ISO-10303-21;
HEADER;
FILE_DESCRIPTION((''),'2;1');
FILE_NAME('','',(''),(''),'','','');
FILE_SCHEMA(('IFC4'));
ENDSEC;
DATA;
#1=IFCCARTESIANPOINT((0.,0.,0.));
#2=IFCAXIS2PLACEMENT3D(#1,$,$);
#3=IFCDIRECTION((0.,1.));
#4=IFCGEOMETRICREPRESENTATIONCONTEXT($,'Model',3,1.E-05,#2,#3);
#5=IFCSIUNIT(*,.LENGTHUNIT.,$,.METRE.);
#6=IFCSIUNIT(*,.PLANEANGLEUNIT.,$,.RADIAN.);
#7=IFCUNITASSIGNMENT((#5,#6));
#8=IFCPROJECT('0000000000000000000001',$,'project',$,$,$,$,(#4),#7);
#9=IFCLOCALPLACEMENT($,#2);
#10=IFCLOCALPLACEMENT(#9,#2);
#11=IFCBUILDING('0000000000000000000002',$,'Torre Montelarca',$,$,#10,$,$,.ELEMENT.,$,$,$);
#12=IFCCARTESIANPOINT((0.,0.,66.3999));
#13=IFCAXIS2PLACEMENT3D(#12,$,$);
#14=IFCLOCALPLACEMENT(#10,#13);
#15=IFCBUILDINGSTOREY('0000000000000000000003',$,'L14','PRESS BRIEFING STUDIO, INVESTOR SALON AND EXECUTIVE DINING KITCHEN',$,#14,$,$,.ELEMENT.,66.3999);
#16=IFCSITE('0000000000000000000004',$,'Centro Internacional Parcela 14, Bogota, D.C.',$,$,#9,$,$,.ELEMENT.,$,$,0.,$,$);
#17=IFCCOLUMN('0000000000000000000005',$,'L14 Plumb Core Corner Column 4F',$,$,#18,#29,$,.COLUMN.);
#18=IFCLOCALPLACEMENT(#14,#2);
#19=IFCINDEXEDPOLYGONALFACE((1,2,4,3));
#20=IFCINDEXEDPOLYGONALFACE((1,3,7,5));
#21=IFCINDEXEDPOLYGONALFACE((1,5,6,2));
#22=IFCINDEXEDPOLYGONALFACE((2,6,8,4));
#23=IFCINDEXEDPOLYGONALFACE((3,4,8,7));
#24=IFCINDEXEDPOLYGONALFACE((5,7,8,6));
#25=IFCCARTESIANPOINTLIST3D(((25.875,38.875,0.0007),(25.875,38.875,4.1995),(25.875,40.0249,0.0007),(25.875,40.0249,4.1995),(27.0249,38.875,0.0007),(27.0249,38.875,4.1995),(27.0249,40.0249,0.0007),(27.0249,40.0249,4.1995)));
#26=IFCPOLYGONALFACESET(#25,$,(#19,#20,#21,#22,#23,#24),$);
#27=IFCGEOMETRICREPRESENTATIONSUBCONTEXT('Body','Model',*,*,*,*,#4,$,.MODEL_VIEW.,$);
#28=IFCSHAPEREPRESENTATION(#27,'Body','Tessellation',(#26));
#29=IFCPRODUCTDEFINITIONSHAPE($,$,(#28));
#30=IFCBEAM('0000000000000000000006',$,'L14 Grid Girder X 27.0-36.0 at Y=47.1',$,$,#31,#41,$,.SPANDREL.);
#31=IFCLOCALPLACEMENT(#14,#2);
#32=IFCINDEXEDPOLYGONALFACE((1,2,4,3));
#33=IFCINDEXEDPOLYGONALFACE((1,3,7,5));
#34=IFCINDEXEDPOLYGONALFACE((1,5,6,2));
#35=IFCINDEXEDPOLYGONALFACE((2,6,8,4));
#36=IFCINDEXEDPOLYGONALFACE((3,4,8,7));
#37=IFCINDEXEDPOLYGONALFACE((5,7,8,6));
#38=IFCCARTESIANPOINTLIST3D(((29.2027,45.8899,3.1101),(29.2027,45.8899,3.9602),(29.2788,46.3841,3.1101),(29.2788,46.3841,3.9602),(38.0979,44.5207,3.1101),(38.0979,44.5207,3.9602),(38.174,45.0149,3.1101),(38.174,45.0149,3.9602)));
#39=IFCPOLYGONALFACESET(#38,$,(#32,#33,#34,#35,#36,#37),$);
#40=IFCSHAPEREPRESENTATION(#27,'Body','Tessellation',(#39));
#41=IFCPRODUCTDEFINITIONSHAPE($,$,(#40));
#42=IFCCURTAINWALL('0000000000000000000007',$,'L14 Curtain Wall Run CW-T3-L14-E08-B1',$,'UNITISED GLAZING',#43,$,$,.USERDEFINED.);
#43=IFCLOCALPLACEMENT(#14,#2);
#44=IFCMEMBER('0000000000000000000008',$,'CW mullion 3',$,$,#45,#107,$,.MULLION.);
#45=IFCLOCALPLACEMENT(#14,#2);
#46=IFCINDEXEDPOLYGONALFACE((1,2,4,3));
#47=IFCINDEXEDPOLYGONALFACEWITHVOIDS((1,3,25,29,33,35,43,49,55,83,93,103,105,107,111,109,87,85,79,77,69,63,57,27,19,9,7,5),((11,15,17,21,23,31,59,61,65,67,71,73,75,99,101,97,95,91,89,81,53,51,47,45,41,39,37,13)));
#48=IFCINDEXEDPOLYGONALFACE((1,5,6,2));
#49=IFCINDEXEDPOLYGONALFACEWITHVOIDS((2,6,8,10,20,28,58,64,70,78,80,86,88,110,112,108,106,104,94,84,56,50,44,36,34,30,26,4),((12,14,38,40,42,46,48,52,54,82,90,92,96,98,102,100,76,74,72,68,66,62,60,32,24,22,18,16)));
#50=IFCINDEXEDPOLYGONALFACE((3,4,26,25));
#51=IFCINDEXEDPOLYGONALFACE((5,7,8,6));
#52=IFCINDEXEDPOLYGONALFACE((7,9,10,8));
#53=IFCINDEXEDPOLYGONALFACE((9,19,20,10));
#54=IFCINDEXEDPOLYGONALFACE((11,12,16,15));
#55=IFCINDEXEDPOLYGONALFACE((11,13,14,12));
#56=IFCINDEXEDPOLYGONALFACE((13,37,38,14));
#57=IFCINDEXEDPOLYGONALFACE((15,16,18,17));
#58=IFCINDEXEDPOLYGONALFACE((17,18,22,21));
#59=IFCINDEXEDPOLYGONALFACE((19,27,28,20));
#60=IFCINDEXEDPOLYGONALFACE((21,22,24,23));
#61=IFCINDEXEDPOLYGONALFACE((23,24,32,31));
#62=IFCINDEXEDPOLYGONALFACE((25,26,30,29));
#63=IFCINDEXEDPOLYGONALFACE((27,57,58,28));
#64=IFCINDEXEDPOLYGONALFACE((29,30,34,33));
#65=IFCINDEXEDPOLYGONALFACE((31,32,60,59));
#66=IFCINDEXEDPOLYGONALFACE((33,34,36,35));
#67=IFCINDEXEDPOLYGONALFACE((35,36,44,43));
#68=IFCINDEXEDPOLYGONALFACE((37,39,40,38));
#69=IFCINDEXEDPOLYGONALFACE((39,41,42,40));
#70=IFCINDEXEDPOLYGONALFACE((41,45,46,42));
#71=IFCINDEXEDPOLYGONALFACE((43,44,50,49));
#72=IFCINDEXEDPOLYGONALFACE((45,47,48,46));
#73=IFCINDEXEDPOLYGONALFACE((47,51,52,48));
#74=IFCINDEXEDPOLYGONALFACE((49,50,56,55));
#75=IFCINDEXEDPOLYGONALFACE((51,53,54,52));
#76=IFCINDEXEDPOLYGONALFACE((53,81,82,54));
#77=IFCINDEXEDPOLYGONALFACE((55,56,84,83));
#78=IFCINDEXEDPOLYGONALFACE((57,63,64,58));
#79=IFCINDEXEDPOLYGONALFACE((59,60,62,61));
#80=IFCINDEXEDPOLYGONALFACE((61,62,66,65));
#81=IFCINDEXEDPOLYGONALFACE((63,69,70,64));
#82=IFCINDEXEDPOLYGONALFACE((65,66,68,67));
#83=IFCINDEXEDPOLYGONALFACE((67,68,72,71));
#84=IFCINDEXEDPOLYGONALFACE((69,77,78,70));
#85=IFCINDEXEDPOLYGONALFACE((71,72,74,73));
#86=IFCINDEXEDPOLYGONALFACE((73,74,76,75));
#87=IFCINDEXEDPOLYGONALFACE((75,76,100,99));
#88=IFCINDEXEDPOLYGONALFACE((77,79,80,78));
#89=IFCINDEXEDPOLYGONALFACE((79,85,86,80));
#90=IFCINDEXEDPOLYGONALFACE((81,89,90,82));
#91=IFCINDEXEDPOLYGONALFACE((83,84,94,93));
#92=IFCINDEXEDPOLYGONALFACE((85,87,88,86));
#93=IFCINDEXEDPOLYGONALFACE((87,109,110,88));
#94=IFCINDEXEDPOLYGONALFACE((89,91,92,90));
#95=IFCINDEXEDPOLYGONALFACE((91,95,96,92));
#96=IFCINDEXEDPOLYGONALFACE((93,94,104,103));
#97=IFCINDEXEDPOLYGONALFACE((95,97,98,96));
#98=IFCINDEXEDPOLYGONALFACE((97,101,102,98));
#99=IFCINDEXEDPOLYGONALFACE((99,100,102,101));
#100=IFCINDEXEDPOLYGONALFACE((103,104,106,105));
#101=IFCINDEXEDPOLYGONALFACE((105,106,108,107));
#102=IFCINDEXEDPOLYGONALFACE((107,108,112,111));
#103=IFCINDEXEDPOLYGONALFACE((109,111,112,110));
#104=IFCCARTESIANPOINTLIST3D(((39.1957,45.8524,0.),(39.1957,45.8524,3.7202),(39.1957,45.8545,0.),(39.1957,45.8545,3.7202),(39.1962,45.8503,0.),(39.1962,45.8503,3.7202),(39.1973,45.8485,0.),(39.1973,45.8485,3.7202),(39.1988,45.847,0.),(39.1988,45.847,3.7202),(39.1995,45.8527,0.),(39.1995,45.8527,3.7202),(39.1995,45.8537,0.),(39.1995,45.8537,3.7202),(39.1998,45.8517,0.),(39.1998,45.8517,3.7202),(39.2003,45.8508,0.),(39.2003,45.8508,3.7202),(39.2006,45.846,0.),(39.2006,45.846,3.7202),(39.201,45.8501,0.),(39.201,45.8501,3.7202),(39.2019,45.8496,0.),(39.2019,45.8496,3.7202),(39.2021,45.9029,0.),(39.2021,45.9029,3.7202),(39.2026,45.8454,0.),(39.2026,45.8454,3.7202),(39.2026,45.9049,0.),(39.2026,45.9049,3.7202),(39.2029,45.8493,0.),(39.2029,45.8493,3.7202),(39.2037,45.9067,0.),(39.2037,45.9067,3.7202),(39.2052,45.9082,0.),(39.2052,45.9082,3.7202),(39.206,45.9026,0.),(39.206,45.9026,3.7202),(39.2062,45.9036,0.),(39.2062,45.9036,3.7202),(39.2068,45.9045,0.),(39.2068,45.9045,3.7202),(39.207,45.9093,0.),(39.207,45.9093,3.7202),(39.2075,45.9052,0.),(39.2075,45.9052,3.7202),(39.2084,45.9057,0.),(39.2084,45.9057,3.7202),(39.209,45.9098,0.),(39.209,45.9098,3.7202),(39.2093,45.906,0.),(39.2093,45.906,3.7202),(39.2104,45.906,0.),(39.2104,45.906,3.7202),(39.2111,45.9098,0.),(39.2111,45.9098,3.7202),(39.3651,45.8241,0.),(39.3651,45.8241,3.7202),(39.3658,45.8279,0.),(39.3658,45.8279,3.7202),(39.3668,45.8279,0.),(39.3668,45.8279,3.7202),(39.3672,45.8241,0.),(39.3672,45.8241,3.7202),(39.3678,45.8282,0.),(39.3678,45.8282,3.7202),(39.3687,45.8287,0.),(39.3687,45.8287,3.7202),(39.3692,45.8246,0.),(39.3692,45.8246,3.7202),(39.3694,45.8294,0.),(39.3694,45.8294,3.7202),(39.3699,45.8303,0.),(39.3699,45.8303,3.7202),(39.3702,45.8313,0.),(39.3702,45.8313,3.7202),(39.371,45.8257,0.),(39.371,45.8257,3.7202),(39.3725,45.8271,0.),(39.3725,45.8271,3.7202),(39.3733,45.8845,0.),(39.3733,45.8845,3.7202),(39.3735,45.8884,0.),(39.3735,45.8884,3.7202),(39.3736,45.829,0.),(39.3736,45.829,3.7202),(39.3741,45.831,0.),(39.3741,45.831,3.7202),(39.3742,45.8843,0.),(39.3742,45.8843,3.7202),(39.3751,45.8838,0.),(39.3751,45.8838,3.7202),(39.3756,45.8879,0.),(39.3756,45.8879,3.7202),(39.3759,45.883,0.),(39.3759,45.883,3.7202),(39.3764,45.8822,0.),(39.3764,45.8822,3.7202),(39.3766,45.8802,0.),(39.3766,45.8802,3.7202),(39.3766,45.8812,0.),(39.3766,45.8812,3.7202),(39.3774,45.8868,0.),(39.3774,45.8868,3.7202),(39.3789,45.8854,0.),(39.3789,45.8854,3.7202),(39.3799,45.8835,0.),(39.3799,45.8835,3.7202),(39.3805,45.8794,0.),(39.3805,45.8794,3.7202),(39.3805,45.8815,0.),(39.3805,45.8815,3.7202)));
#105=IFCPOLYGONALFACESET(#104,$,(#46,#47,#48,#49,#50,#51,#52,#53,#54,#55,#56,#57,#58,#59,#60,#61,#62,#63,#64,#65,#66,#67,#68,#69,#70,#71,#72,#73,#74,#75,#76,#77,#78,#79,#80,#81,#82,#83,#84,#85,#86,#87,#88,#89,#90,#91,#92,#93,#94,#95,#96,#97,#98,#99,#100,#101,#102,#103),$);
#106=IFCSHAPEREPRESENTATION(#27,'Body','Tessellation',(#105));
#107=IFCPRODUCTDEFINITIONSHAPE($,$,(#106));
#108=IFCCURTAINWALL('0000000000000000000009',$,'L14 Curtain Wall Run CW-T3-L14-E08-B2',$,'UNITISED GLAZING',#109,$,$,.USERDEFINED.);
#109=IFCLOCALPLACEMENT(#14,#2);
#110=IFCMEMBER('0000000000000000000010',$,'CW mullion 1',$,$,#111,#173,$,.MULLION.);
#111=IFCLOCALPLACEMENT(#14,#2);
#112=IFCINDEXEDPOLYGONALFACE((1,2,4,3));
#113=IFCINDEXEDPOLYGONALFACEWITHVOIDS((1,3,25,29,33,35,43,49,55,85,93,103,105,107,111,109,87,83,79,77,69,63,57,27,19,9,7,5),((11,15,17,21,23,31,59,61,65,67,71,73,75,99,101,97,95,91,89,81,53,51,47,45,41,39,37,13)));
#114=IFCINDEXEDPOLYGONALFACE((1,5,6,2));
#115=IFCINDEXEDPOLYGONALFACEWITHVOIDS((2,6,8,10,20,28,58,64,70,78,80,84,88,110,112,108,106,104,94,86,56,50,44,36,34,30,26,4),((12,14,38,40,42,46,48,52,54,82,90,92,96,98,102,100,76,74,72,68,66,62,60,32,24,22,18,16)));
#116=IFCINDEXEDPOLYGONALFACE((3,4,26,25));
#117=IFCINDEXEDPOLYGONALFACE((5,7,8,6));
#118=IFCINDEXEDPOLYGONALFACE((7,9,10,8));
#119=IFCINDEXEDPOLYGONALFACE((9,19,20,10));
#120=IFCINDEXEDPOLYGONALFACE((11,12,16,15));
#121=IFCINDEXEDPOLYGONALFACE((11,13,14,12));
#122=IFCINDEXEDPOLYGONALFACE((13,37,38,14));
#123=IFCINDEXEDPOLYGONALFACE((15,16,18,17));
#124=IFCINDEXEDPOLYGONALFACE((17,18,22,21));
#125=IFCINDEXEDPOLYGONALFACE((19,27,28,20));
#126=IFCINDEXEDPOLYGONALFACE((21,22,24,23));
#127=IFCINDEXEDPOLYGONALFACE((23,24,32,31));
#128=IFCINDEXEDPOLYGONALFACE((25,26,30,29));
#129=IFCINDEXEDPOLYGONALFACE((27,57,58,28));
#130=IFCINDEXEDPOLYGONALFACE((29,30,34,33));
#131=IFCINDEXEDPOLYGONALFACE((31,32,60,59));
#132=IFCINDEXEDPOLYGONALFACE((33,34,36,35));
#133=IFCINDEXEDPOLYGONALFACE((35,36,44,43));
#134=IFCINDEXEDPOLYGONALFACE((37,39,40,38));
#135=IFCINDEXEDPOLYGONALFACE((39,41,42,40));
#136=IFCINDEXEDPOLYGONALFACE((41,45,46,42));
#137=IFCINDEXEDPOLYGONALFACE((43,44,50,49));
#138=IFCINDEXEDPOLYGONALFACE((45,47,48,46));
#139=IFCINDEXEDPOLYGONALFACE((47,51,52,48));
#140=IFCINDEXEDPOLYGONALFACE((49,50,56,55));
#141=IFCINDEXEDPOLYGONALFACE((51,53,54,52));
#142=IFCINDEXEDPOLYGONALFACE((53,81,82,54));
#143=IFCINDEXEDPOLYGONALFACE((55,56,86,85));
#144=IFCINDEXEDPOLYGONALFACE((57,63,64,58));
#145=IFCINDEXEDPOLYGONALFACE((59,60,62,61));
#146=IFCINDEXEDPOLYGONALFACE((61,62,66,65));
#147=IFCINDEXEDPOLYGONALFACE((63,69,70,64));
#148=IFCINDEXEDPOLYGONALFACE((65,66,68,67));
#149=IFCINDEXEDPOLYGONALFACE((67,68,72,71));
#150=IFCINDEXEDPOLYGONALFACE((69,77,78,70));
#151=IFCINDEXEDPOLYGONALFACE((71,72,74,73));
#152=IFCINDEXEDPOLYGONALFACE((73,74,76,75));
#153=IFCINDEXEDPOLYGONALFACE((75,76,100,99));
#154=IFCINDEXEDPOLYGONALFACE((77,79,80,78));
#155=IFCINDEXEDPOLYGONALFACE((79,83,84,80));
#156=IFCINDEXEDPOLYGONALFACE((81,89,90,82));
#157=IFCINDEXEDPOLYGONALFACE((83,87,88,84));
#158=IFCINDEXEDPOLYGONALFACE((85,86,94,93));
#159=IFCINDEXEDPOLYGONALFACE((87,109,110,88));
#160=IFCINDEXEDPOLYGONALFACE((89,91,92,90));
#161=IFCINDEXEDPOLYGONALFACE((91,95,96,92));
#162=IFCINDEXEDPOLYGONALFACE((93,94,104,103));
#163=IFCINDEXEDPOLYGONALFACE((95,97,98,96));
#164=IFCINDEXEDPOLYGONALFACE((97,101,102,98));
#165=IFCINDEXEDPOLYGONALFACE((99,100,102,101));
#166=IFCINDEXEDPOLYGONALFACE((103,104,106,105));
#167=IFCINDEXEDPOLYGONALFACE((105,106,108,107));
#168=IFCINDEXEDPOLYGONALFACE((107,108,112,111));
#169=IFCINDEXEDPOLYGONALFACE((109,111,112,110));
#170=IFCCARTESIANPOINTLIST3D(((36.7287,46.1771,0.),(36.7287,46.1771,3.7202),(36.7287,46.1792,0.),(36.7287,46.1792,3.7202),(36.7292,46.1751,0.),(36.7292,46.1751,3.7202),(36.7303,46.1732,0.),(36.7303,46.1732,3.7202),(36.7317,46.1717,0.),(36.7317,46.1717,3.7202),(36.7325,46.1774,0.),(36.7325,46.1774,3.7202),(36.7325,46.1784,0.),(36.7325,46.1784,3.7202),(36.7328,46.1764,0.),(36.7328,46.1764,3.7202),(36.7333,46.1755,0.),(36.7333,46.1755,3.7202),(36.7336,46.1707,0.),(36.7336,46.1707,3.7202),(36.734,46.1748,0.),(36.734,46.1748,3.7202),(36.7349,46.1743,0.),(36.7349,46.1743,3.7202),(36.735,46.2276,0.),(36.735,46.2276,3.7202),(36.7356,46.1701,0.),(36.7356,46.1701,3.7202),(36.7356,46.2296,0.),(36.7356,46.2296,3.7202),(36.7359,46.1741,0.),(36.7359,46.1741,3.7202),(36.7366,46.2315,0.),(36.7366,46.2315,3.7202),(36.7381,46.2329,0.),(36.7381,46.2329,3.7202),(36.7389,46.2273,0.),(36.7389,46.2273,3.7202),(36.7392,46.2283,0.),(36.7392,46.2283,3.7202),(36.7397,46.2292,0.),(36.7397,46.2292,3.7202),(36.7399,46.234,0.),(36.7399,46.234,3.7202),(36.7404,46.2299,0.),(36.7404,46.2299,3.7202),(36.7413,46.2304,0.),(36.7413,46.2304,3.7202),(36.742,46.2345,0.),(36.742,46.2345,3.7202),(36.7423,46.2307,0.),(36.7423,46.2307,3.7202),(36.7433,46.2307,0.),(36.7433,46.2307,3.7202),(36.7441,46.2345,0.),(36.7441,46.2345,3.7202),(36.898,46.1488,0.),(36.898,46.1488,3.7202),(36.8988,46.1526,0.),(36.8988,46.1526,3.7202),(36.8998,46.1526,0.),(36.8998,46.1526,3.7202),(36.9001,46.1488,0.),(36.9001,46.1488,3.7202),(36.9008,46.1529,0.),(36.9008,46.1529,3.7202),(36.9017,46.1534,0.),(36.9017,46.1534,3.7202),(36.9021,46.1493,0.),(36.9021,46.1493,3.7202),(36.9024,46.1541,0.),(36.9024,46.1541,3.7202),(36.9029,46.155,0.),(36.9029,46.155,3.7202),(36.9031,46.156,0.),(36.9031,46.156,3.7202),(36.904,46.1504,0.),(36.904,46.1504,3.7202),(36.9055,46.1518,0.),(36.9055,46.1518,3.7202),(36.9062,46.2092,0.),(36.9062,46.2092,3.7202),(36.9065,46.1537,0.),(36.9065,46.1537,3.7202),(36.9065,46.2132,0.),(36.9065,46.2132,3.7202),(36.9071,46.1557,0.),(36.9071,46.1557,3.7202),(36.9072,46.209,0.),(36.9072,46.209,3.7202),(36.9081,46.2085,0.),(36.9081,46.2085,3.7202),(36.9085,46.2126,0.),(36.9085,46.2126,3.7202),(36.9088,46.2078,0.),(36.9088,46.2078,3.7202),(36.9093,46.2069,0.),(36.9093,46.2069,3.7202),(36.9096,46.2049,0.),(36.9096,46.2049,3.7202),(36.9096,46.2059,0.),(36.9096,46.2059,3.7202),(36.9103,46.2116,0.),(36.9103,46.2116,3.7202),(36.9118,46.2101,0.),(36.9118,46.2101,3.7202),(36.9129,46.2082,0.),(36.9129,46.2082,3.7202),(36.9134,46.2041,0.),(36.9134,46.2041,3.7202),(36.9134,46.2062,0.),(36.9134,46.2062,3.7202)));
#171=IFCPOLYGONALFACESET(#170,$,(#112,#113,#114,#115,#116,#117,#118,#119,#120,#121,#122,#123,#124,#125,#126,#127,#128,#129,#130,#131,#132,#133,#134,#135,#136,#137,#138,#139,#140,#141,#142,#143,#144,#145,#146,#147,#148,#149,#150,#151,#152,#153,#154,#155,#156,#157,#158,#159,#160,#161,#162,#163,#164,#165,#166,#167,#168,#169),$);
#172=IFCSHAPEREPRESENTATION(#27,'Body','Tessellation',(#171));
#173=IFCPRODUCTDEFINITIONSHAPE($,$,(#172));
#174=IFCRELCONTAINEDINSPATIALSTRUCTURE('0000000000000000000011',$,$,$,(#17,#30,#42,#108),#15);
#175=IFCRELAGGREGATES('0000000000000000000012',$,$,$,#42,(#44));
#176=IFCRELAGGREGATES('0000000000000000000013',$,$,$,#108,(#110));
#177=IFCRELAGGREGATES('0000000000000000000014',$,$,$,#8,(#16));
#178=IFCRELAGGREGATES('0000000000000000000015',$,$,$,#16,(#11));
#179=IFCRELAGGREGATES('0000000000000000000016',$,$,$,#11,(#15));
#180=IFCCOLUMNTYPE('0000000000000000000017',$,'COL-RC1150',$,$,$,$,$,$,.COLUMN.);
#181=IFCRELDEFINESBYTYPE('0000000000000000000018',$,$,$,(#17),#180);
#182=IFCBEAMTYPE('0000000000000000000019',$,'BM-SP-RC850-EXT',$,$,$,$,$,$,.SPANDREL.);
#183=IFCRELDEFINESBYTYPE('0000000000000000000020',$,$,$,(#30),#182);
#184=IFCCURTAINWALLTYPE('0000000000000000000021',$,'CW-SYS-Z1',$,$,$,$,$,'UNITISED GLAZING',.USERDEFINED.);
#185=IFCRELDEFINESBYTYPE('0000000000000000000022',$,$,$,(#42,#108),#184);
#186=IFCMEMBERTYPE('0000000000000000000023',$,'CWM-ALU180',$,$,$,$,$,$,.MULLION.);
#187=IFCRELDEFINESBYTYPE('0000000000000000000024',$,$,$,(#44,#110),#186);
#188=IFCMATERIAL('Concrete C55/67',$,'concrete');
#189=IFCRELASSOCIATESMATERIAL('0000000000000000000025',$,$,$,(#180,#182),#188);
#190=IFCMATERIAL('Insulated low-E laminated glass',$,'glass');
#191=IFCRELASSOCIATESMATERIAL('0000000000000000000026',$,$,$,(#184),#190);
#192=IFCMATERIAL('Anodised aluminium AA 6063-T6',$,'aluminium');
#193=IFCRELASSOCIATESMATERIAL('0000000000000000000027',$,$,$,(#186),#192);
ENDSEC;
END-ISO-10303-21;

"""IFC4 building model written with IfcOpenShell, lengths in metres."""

from ifc_helpers import new_model, si_unit, direction, frame, origin, origin_2d, place, context, subcontext, project, spatial, rectangle, hollow_rectangle, extrude, source, transform, mapped, material, material_profile, profile_set, type_object, element, aggregate, save


model = new_model("IFC4")

# Units and contexts
model_context = context("Model", 3, precision=1e-05, world=origin(), true_north=direction((0.0, 1.0)))
body_context = subcontext(model_context, "Body", "Model", "MODEL_VIEW")
ifc_project = project(units=[si_unit("LENGTHUNIT", "METRE"), si_unit("PLANEANGLEUNIT", "RADIAN")], contexts=[model_context])

# Site, building, storey
site_placement = place(None, origin())
site = spatial("IfcSite", under=ifc_project, at=site_placement, Name="Centro Internacional Parcela 14, Bogota, D.C.", CompositionType="ELEMENT", RefElevation=0.0)
building_placement = place(site_placement, origin())
building = spatial("IfcBuilding", under=site, at=building_placement, Name="Torre Montelarca", CompositionType="ELEMENT")
storey_placement = place(building_placement, frame((0.0, 0.0, 66.3999)))
storey = spatial("IfcBuildingStorey", under=building, at=storey_placement, Name="L14", Description="PRESS BRIEFING STUDIO, INVESTOR SALON AND EXECUTIVE DINING KITCHEN", CompositionType="ELEMENT", Elevation=66.3999)

# Column
ifc_material_1 = material(Name="Concrete C55/67", Category="concrete")
ifc_material_profile_1 = material_profile(ifc_material_1, rectangle(XDim=1.1499, YDim=1.1499, at=origin_2d()), Name="RC1150X1150", Category="concrete")
ifc_profile_set_1 = profile_set([ifc_material_profile_1], Name="Concrete C55/67")
column_type_1 = type_object("IfcColumnType", Name="COL-RC1150", PredefinedType="COLUMN", material=ifc_profile_set_1)
shared_shape_1 = source(origin(), body_context, "Body", "SweptSolid", [
    extrude(rectangle(XDim=1.1499, YDim=1.1499, at=origin_2d()), origin(), (0.0, 0.0, 1.0), 4.1987),
])
column_1_placement = place(storey_placement, frame((26.45, 39.45, 0.0007), z_axis=(0.0, 0.0, 1.0), x_axis=(1.0, 0.0, 0.0)))
element("IfcColumn", 1, at=column_1_placement, inside=storey, type_object=column_type_1, Name="L14 Plumb Core Corner Column 4F", PredefinedType="COLUMN", context=body_context, shape_type="MappedRepresentation", body=[
    mapped(shared_shape_1, transform((0.0, 0.0, 0.0), scale=1.0)),
])

# Beam
ifc_material_profile_2 = material_profile(ifc_material_1, rectangle(XDim=0.5, YDim=0.8501, at=origin_2d()), Name="RCB500X850", Category="concrete")
ifc_profile_set_2 = profile_set([ifc_material_profile_2], Name="Concrete C55/67")
beam_type = type_object("IfcBeamType", Name="BM-SP-RC850-EXT", PredefinedType="SPANDREL", material=ifc_profile_set_2)
shared_shape_2 = source(origin(), body_context, "Body", "SweptSolid", [
    extrude(rectangle(XDim=0.5, YDim=0.8501, at=origin_2d()), origin(), (0.0, 0.0, 1.0), 9.0),
])
beam_placement = place(storey_placement, frame((29.2407, 46.137, 3.5352), z_axis=(0.988361, -0.152126, 0.0), x_axis=(0.152126, 0.988361, 0.0)))
element("IfcBeam", 2, at=beam_placement, inside=storey, type_object=beam_type, Name="L14 Grid Girder X 27.0-36.0 at Y=47.1", PredefinedType="SPANDREL", context=body_context, shape_type="MappedRepresentation", body=[
    mapped(shared_shape_2, transform((0.0, 0.0, 0.0), scale=1.0)),
])

# Curtain walls, members
ifc_material_2 = material(Name="Insulated low-E laminated glass", Category="glass")
curtain_wall_type = type_object("IfcCurtainWallType", Name="CW-SYS-Z1", ElementType="UNITISED GLAZING", PredefinedType="USERDEFINED", material=ifc_material_2)
curtain_wall_1_placement = place(storey_placement, origin())
curtain_wall_1 = element("IfcCurtainWall", 3, at=curtain_wall_1_placement, inside=storey, type_object=curtain_wall_type, Name="L14 Curtain Wall Run CW-T3-L14-E08-B1", ObjectType="UNITISED GLAZING", PredefinedType="USERDEFINED")
ifc_material_3 = material(Name="Anodised aluminium AA 6063-T6", Category="aluminium")
ifc_material_profile_3 = material_profile(ifc_material_3, hollow_rectangle(XDim=0.0649, YDim=0.1799, WallThickness=0.0039, InnerFilletRadius=0.0039, OuterFilletRadius=0.0081, at=origin_2d()), Name="ALU65X180X4", Category="aluminium")
ifc_profile_set_3 = profile_set([ifc_material_profile_3], Name="Anodised aluminium AA 6063-T6")
member_type = type_object("IfcMemberType", Name="CWM-ALU180", PredefinedType="MULLION", material=ifc_profile_set_3)
shared_shape_3 = source(origin(), body_context, "Body", "SweptSolid", [
    extrude(hollow_rectangle(XDim=0.0649, YDim=0.1799, WallThickness=0.0039, InnerFilletRadius=0.0039, OuterFilletRadius=0.0081, at=origin_2d()), origin(), (0.0, 0.0, 1.0), 3.7202),
])
member_1_placement = place(storey_placement, frame((39.2881, 45.8669, 0.0), z_axis=(0.0, 0.0, 1.0), x_axis=(-0.130525, -0.991445, 0.0)))
member_1 = element("IfcMember", 4, at=member_1_placement, type_object=member_type, Name="CW mullion 3", PredefinedType="MULLION", context=body_context, shape_type="MappedRepresentation", body=[
    mapped(shared_shape_3, transform((0.0, 0.0, 0.0), scale=1.0)),
])
aggregate(curtain_wall_1, [member_1])
curtain_wall_2_placement = place(storey_placement, origin())
curtain_wall_2 = element("IfcCurtainWall", 5, at=curtain_wall_2_placement, inside=storey, type_object=curtain_wall_type, Name="L14 Curtain Wall Run CW-T3-L14-E08-B2", ObjectType="UNITISED GLAZING", PredefinedType="USERDEFINED")
member_2_placement = place(storey_placement, frame((36.821, 46.1917, 0.0), z_axis=(0.0, 0.0, 1.0), x_axis=(-0.130531, -0.991444, 0.0)))
member_2 = element("IfcMember", 6, at=member_2_placement, type_object=member_type, Name="CW mullion 1", PredefinedType="MULLION", context=body_context, shape_type="MappedRepresentation", body=[
    mapped(shared_shape_3, transform((0.0, 0.0, 0.0), scale=1.0)),
])
aggregate(curtain_wall_2, [member_2])

save(model, "model.ifc")
